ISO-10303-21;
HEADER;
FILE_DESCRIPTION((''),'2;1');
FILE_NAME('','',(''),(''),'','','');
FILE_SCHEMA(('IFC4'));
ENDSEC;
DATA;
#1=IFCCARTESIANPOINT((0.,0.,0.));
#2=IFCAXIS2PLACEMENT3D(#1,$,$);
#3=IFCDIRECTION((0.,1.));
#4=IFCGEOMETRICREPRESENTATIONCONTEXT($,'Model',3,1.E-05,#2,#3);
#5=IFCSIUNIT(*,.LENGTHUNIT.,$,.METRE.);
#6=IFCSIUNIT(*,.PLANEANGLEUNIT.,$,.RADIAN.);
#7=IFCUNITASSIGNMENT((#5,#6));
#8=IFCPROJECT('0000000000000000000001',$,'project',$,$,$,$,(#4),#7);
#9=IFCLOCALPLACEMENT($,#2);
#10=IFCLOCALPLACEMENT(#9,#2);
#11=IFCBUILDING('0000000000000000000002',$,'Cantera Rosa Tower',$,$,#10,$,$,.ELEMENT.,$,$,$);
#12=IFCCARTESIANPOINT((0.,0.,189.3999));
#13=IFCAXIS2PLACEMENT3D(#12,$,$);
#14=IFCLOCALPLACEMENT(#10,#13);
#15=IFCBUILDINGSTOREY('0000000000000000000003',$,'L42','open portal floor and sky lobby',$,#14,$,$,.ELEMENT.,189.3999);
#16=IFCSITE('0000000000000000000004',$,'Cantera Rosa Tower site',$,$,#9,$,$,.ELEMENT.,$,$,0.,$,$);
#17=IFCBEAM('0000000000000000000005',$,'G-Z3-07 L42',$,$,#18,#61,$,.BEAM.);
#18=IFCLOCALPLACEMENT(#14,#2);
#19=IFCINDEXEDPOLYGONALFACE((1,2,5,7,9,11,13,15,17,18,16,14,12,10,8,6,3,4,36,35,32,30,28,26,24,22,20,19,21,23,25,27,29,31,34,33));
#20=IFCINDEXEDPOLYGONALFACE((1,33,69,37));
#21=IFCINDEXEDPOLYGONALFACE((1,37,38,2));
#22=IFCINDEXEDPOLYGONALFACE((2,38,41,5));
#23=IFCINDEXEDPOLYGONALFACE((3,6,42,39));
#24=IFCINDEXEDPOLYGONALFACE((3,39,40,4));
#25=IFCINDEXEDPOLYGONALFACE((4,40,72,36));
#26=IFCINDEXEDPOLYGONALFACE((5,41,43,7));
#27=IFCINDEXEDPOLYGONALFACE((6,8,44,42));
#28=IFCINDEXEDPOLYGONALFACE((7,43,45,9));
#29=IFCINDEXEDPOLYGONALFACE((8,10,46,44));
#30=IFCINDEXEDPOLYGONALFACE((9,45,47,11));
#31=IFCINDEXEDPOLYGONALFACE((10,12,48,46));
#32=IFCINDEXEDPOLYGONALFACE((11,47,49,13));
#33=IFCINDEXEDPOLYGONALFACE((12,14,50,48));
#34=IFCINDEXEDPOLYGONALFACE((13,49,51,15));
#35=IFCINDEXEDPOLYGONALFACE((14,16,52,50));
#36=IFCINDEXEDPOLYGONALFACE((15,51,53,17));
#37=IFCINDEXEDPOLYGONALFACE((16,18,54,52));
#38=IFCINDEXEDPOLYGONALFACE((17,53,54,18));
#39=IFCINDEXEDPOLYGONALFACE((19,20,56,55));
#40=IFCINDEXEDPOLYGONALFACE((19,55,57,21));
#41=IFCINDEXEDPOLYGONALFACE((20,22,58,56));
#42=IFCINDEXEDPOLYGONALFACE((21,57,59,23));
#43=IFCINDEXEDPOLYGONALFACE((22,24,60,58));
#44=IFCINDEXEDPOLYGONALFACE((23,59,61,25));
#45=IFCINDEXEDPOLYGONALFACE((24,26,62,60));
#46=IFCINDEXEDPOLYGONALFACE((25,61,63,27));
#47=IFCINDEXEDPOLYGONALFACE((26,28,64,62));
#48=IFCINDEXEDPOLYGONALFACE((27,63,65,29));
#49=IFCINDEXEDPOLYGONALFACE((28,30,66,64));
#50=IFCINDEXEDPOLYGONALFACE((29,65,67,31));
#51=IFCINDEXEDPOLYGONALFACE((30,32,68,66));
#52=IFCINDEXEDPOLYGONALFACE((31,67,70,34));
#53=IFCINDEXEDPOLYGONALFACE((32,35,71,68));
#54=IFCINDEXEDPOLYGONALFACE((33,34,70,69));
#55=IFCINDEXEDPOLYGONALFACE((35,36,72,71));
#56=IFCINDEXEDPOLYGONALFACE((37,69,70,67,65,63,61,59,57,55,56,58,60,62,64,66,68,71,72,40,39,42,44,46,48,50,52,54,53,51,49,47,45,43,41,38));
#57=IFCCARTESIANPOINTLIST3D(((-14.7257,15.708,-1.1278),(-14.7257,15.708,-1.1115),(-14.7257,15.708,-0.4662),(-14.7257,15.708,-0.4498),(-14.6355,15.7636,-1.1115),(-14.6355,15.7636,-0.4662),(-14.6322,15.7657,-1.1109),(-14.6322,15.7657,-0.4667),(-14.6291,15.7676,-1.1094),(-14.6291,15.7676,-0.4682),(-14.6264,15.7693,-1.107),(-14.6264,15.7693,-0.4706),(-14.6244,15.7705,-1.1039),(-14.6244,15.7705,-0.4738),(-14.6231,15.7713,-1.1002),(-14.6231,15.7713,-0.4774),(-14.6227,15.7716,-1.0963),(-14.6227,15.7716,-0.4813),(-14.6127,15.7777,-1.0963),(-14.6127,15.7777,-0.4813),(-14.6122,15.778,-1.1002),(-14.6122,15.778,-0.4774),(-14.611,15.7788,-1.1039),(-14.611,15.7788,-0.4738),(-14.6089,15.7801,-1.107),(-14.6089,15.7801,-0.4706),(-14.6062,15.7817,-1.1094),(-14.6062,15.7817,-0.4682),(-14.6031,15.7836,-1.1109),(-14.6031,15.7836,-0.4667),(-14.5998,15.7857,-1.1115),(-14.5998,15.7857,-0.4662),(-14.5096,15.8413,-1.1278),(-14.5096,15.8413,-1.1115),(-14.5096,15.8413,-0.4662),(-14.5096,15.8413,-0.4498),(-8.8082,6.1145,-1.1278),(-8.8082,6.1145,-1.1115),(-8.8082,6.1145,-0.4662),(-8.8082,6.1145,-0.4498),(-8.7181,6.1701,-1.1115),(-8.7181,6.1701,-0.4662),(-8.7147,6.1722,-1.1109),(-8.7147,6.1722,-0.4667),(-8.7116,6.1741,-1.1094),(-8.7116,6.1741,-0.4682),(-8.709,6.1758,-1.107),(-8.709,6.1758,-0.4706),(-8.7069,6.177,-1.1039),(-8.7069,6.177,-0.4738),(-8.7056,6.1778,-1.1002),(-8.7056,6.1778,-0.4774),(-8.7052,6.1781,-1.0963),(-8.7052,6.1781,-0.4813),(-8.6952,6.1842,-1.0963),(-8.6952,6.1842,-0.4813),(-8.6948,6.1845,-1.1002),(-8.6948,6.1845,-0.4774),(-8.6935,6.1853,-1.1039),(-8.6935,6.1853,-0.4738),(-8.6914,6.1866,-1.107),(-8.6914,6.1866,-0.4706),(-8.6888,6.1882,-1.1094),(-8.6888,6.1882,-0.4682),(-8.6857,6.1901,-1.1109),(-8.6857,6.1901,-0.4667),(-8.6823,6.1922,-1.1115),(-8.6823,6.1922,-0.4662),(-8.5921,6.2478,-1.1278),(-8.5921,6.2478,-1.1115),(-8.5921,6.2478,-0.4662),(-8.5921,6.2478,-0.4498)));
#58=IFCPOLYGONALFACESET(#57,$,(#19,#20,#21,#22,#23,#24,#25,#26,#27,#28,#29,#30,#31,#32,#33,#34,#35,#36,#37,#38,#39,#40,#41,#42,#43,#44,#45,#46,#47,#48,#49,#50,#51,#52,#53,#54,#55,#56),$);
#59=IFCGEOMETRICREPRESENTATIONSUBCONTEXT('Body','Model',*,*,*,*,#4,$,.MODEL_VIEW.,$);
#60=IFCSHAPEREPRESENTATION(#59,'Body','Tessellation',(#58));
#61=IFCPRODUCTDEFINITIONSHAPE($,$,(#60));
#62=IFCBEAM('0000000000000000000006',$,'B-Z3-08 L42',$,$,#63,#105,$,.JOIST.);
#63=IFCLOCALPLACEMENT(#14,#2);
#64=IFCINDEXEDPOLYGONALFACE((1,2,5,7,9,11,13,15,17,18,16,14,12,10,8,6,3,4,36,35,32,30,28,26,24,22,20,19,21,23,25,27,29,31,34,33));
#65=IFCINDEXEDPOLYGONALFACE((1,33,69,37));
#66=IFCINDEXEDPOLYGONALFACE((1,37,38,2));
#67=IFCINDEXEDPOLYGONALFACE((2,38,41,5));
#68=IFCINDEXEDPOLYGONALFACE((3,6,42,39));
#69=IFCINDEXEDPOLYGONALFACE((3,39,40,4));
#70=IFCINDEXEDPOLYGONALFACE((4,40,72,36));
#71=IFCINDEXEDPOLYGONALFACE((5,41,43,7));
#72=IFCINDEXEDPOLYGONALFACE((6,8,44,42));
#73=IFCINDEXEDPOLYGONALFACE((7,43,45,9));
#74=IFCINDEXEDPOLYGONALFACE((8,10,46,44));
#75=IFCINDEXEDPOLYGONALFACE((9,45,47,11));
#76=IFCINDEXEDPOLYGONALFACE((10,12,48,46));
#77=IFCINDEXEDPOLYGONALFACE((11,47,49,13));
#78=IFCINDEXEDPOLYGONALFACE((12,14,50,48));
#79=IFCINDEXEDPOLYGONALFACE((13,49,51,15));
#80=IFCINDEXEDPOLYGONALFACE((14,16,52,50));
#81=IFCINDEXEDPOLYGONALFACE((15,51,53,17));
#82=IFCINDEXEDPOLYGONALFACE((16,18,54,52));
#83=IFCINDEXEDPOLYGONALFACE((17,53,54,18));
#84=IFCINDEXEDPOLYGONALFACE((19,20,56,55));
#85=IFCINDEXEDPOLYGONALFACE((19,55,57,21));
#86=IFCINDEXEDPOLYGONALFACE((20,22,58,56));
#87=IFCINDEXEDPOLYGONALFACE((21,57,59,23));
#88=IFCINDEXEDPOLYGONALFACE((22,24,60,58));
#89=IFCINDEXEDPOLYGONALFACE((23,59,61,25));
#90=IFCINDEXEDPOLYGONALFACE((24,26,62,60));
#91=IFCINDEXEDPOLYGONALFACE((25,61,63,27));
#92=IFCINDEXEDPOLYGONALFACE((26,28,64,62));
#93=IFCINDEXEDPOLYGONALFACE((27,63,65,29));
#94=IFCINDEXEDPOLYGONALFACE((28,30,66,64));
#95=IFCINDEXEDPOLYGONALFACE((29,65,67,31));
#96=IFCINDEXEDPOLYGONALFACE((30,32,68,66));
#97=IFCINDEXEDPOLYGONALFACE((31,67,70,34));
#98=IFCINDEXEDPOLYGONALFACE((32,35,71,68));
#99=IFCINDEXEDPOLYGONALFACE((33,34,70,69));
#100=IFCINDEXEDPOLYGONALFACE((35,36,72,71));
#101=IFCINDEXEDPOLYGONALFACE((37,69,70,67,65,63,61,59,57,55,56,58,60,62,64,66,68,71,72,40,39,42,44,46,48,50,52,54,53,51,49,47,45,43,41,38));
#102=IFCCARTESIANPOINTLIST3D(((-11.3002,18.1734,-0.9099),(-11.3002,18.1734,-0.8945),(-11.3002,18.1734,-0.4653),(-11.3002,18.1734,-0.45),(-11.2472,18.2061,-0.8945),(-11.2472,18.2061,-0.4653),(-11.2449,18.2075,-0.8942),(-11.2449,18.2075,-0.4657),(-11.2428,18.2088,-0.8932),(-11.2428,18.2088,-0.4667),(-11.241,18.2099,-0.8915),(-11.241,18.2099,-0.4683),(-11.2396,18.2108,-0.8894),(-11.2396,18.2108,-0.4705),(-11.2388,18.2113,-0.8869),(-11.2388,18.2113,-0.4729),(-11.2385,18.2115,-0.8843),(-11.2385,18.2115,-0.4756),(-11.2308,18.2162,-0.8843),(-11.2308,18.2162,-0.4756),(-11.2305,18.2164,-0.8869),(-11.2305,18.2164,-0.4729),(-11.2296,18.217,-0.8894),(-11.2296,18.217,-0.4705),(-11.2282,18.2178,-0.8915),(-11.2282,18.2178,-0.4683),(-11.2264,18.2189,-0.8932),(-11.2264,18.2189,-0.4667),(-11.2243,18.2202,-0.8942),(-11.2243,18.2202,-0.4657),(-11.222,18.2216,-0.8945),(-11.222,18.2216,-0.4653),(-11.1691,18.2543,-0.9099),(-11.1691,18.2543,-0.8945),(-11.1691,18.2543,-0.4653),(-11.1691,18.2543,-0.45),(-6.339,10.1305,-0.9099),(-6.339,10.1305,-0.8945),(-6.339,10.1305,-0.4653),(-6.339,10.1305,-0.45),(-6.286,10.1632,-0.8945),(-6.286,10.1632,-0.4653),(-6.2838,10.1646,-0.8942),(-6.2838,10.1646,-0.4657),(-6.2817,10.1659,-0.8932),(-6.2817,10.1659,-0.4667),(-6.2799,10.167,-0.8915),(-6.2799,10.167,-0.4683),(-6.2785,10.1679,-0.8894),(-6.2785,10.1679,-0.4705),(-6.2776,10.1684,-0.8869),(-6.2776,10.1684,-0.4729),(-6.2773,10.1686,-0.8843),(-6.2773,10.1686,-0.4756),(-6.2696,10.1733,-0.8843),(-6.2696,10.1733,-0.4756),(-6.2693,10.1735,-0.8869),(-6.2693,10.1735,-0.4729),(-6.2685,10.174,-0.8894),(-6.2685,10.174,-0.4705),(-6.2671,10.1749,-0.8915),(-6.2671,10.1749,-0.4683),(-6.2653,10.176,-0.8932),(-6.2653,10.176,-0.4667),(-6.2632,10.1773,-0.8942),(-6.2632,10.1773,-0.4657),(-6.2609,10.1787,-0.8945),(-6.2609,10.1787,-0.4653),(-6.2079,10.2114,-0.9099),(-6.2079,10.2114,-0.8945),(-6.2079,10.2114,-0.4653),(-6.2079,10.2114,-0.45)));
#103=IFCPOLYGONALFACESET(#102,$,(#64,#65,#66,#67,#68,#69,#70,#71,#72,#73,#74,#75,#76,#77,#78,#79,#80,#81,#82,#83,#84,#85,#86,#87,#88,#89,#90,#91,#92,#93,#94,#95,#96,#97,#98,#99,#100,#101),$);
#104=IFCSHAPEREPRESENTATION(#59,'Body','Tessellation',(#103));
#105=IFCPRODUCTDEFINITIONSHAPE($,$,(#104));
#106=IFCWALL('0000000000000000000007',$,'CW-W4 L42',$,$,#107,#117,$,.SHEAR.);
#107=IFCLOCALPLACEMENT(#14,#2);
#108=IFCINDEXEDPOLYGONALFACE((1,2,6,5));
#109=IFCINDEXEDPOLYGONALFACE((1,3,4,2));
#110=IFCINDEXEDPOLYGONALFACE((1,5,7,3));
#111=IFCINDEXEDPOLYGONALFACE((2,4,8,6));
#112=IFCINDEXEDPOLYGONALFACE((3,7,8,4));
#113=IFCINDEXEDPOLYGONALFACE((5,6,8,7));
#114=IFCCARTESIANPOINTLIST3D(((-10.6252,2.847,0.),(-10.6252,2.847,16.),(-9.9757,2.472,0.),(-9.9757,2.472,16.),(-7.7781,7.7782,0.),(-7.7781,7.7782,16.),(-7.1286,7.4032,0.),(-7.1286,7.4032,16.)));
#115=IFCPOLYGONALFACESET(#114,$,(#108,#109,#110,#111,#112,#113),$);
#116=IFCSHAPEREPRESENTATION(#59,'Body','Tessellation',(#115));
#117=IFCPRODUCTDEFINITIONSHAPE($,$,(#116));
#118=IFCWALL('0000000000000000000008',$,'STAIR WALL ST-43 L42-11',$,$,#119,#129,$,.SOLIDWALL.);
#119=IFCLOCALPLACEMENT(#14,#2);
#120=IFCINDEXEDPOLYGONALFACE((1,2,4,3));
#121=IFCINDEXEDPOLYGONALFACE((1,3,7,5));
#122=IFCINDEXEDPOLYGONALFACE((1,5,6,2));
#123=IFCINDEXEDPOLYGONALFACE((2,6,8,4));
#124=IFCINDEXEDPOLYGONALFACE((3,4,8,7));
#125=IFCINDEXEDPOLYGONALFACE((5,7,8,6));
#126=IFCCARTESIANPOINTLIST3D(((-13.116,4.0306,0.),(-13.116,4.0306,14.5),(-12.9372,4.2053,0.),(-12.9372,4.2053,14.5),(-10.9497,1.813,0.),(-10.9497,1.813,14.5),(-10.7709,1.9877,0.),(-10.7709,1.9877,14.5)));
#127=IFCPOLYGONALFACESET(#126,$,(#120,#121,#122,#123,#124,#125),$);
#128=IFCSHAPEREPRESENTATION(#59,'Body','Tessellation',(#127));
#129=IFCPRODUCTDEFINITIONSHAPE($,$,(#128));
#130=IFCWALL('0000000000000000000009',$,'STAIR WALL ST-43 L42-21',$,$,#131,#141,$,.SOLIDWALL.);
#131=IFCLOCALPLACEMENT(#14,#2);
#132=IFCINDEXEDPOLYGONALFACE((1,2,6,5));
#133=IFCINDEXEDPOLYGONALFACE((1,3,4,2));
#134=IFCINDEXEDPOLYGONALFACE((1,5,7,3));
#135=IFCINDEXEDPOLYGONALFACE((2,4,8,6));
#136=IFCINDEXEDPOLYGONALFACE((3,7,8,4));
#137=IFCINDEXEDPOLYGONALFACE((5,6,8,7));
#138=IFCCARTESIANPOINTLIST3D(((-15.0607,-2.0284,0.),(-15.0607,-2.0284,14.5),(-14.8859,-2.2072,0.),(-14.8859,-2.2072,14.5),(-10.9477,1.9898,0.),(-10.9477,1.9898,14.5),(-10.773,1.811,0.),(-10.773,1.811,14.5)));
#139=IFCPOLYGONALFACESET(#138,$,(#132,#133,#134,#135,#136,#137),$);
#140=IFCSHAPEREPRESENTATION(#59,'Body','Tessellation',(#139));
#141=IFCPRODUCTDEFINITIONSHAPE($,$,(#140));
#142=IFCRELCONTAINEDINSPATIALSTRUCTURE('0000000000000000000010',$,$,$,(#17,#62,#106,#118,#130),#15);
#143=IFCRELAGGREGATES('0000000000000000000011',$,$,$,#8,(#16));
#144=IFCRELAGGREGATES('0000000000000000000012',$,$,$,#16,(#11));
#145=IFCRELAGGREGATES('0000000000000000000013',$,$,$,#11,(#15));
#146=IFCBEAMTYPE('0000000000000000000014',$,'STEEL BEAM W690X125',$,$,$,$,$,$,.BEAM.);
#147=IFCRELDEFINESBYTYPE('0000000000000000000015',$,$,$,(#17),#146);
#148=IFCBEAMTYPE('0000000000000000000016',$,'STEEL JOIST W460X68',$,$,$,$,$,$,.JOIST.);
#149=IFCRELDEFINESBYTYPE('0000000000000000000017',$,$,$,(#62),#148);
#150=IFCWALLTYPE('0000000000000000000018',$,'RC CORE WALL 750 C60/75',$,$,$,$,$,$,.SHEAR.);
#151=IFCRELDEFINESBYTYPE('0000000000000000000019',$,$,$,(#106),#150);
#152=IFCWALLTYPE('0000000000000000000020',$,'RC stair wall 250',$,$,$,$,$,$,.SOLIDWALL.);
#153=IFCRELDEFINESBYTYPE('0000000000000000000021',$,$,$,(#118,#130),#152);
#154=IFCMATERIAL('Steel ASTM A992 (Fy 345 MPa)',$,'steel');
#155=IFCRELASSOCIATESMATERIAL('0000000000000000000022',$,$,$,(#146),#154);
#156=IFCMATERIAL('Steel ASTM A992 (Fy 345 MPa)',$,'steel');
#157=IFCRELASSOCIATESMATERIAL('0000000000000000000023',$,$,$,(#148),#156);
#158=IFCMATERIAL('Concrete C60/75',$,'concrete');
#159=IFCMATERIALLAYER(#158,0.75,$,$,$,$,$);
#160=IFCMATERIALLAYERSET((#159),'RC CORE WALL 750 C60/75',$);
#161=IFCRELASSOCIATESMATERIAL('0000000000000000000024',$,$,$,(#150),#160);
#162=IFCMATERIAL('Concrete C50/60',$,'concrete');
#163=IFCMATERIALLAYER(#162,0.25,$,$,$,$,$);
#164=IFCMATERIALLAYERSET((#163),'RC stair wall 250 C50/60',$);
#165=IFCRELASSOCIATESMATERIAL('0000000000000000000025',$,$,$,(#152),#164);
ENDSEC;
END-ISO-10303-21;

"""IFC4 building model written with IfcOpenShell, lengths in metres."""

from ifc_helpers import new_model, si_unit, direction, frame, frame_2d, origin, origin_2d, place, context, subcontext, project, spatial, rectangle, i_section, extrude, material, layer, layer_set, material_profile, profile_set, type_object, element, save


model = new_model("IFC4")

# Units and contexts
model_context = context("Model", 3, precision=1e-05, world=origin(), true_north=direction((0.0, 1.0)))
body_context = subcontext(model_context, "Body", "Model", "MODEL_VIEW")
ifc_project = project(units=[si_unit("LENGTHUNIT", "METRE"), si_unit("PLANEANGLEUNIT", "RADIAN")], contexts=[model_context])

# Site, building, storey
site_placement = place(None, origin())
site = spatial("IfcSite", under=ifc_project, at=site_placement, Name="Cantera Rosa Tower site", CompositionType="ELEMENT", RefElevation=0.0)
building_placement = place(site_placement, origin())
building = spatial("IfcBuilding", under=site, at=building_placement, Name="Cantera Rosa Tower", CompositionType="ELEMENT")
storey_placement = place(building_placement, frame((0.0, 0.0, 189.3999)))
storey = spatial("IfcBuildingStorey", under=building, at=storey_placement, Name="L42", Description="open portal floor and sky lobby", CompositionType="ELEMENT", Elevation=189.3999)

# Beams
ifc_material_1 = material(Name="Steel ASTM A992 (Fy 345 MPa)", Category="steel")
ifc_material_profile_1 = material_profile(ifc_material_1, i_section(OverallWidth=0.2539, OverallDepth=0.678, WebThickness=0.0117, FlangeThickness=0.0164, FilletRadius=0.0151, at=origin_2d()), Name="W690X125")
ifc_profile_set_1 = profile_set([ifc_material_profile_1], Name="Steel ASTM A992 (Fy 345 MPa)")
beam_type_1 = type_object("IfcBeamType", Name="STEEL BEAM W690X125", PredefinedType="BEAM", material=ifc_profile_set_1)
beam_1_placement = place(storey_placement, frame((-14.6177, 15.7747, -0.7888), z_axis=(0.524984, -0.851112, 0.0), x_axis=(0.851112, 0.524984, 0.0)))
element("IfcBeam", 1, at=beam_1_placement, inside=storey, type_object=beam_type_1, Name="G-Z3-07 L42", PredefinedType="BEAM", context=body_context, shape_type="SweptSolid", body=[
    extrude(i_section(OverallWidth=0.2539, OverallDepth=0.678, WebThickness=0.0117, FlangeThickness=0.0164, FilletRadius=0.0151, at=origin_2d()), origin(), (0.0, 0.0, 1.0), 11.2717),
])
ifc_material_2 = material(Name="Steel ASTM A992 (Fy 345 MPa)", Category="steel")
ifc_material_profile_2 = material_profile(ifc_material_2, i_section(OverallWidth=0.1541, OverallDepth=0.46, WebThickness=0.009, FlangeThickness=0.0154, FilletRadius=0.0103, at=origin_2d()), Name="W460X68")
ifc_profile_set_2 = profile_set([ifc_material_profile_2], Name="Steel ASTM A992 (Fy 345 MPa)")
beam_type_2 = type_object("IfcBeamType", Name="STEEL JOIST W460X68", PredefinedType="JOIST", material=ifc_profile_set_2)
beam_2_placement = place(storey_placement, frame((-11.2346, 18.2139, -0.6799), z_axis=(0.524992, -0.851107, 0.0), x_axis=(0.851107, 0.524992, 0.0)))
element("IfcBeam", 2, at=beam_2_placement, inside=storey, type_object=beam_type_2, Name="B-Z3-08 L42", PredefinedType="JOIST", context=body_context, shape_type="SweptSolid", body=[
    extrude(i_section(OverallWidth=0.1541, OverallDepth=0.46, WebThickness=0.009, FlangeThickness=0.0154, FilletRadius=0.0103, at=origin_2d()), origin(), (0.0, 0.0, 1.0), 9.45),
])

# Walls
ifc_material_3 = material(Name="Concrete C60/75", Category="concrete")
ifc_layer_1 = layer(ifc_material_3, 0.75)
ifc_layer_set_1 = layer_set([ifc_layer_1], Name="RC CORE WALL 750 C60/75")
wall_type_1 = type_object("IfcWallType", Name="RC CORE WALL 750 C60/75", PredefinedType="SHEAR", material=ifc_layer_set_1)
wall_1_placement = place(storey_placement, frame((-10.3005, 2.6594, 0.0), z_axis=(0.0, 0.0, 1.0), x_axis=(0.500022, 0.866013, 0.0)))
element("IfcWall", 3, at=wall_1_placement, inside=storey, type_object=wall_type_1, Name="CW-W4 L42", PredefinedType="SHEAR", context=body_context, shape_type="SweptSolid", body=[
    extrude(rectangle(XDim=5.6941, YDim=0.75, at=frame_2d((2.8472, 0.0))), origin(), (0.0, 0.0, 1.0), 16.0),
])
ifc_material_4 = material(Name="Concrete C50/60", Category="concrete")
ifc_layer_2 = layer(ifc_material_4, 0.25)
ifc_layer_set_2 = layer_set([ifc_layer_2], Name="RC stair wall 250 C50/60")
wall_type_2 = type_object("IfcWallType", Name="RC stair wall 250", PredefinedType="SOLIDWALL", material=ifc_layer_set_2)
wall_2_placement = place(storey_placement, frame((-13.0266, 4.1179, 0.0), z_axis=(0.0, 0.0, 1.0), x_axis=(0.698789, -0.715328, 0.0)))
element("IfcWall", 4, at=wall_2_placement, inside=storey, type_object=wall_type_2, Name="STAIR WALL ST-43 L42-11", PredefinedType="SOLIDWALL", context=body_context, shape_type="SweptSolid", body=[
    extrude(rectangle(XDim=3.1001, YDim=0.25, at=frame_2d((1.55, 0.0))), origin(), (0.0, 0.0, 1.0), 14.5),
])
wall_3_placement = place(storey_placement, frame((-10.8604, 1.9004, 0.0), z_axis=(0.0, 0.0, 1.0), x_axis=(-0.715296, -0.698822, 0.0)))
element("IfcWall", 5, at=wall_3_placement, inside=storey, type_object=wall_type_2, Name="STAIR WALL ST-43 L42-21", PredefinedType="SOLIDWALL", context=body_context, shape_type="SweptSolid", body=[
    extrude(rectangle(XDim=5.75, YDim=0.25, at=frame_2d((2.875, 0.0))), origin(), (0.0, 0.0, 1.0), 14.5),
])

save(model, "model.ifc")
